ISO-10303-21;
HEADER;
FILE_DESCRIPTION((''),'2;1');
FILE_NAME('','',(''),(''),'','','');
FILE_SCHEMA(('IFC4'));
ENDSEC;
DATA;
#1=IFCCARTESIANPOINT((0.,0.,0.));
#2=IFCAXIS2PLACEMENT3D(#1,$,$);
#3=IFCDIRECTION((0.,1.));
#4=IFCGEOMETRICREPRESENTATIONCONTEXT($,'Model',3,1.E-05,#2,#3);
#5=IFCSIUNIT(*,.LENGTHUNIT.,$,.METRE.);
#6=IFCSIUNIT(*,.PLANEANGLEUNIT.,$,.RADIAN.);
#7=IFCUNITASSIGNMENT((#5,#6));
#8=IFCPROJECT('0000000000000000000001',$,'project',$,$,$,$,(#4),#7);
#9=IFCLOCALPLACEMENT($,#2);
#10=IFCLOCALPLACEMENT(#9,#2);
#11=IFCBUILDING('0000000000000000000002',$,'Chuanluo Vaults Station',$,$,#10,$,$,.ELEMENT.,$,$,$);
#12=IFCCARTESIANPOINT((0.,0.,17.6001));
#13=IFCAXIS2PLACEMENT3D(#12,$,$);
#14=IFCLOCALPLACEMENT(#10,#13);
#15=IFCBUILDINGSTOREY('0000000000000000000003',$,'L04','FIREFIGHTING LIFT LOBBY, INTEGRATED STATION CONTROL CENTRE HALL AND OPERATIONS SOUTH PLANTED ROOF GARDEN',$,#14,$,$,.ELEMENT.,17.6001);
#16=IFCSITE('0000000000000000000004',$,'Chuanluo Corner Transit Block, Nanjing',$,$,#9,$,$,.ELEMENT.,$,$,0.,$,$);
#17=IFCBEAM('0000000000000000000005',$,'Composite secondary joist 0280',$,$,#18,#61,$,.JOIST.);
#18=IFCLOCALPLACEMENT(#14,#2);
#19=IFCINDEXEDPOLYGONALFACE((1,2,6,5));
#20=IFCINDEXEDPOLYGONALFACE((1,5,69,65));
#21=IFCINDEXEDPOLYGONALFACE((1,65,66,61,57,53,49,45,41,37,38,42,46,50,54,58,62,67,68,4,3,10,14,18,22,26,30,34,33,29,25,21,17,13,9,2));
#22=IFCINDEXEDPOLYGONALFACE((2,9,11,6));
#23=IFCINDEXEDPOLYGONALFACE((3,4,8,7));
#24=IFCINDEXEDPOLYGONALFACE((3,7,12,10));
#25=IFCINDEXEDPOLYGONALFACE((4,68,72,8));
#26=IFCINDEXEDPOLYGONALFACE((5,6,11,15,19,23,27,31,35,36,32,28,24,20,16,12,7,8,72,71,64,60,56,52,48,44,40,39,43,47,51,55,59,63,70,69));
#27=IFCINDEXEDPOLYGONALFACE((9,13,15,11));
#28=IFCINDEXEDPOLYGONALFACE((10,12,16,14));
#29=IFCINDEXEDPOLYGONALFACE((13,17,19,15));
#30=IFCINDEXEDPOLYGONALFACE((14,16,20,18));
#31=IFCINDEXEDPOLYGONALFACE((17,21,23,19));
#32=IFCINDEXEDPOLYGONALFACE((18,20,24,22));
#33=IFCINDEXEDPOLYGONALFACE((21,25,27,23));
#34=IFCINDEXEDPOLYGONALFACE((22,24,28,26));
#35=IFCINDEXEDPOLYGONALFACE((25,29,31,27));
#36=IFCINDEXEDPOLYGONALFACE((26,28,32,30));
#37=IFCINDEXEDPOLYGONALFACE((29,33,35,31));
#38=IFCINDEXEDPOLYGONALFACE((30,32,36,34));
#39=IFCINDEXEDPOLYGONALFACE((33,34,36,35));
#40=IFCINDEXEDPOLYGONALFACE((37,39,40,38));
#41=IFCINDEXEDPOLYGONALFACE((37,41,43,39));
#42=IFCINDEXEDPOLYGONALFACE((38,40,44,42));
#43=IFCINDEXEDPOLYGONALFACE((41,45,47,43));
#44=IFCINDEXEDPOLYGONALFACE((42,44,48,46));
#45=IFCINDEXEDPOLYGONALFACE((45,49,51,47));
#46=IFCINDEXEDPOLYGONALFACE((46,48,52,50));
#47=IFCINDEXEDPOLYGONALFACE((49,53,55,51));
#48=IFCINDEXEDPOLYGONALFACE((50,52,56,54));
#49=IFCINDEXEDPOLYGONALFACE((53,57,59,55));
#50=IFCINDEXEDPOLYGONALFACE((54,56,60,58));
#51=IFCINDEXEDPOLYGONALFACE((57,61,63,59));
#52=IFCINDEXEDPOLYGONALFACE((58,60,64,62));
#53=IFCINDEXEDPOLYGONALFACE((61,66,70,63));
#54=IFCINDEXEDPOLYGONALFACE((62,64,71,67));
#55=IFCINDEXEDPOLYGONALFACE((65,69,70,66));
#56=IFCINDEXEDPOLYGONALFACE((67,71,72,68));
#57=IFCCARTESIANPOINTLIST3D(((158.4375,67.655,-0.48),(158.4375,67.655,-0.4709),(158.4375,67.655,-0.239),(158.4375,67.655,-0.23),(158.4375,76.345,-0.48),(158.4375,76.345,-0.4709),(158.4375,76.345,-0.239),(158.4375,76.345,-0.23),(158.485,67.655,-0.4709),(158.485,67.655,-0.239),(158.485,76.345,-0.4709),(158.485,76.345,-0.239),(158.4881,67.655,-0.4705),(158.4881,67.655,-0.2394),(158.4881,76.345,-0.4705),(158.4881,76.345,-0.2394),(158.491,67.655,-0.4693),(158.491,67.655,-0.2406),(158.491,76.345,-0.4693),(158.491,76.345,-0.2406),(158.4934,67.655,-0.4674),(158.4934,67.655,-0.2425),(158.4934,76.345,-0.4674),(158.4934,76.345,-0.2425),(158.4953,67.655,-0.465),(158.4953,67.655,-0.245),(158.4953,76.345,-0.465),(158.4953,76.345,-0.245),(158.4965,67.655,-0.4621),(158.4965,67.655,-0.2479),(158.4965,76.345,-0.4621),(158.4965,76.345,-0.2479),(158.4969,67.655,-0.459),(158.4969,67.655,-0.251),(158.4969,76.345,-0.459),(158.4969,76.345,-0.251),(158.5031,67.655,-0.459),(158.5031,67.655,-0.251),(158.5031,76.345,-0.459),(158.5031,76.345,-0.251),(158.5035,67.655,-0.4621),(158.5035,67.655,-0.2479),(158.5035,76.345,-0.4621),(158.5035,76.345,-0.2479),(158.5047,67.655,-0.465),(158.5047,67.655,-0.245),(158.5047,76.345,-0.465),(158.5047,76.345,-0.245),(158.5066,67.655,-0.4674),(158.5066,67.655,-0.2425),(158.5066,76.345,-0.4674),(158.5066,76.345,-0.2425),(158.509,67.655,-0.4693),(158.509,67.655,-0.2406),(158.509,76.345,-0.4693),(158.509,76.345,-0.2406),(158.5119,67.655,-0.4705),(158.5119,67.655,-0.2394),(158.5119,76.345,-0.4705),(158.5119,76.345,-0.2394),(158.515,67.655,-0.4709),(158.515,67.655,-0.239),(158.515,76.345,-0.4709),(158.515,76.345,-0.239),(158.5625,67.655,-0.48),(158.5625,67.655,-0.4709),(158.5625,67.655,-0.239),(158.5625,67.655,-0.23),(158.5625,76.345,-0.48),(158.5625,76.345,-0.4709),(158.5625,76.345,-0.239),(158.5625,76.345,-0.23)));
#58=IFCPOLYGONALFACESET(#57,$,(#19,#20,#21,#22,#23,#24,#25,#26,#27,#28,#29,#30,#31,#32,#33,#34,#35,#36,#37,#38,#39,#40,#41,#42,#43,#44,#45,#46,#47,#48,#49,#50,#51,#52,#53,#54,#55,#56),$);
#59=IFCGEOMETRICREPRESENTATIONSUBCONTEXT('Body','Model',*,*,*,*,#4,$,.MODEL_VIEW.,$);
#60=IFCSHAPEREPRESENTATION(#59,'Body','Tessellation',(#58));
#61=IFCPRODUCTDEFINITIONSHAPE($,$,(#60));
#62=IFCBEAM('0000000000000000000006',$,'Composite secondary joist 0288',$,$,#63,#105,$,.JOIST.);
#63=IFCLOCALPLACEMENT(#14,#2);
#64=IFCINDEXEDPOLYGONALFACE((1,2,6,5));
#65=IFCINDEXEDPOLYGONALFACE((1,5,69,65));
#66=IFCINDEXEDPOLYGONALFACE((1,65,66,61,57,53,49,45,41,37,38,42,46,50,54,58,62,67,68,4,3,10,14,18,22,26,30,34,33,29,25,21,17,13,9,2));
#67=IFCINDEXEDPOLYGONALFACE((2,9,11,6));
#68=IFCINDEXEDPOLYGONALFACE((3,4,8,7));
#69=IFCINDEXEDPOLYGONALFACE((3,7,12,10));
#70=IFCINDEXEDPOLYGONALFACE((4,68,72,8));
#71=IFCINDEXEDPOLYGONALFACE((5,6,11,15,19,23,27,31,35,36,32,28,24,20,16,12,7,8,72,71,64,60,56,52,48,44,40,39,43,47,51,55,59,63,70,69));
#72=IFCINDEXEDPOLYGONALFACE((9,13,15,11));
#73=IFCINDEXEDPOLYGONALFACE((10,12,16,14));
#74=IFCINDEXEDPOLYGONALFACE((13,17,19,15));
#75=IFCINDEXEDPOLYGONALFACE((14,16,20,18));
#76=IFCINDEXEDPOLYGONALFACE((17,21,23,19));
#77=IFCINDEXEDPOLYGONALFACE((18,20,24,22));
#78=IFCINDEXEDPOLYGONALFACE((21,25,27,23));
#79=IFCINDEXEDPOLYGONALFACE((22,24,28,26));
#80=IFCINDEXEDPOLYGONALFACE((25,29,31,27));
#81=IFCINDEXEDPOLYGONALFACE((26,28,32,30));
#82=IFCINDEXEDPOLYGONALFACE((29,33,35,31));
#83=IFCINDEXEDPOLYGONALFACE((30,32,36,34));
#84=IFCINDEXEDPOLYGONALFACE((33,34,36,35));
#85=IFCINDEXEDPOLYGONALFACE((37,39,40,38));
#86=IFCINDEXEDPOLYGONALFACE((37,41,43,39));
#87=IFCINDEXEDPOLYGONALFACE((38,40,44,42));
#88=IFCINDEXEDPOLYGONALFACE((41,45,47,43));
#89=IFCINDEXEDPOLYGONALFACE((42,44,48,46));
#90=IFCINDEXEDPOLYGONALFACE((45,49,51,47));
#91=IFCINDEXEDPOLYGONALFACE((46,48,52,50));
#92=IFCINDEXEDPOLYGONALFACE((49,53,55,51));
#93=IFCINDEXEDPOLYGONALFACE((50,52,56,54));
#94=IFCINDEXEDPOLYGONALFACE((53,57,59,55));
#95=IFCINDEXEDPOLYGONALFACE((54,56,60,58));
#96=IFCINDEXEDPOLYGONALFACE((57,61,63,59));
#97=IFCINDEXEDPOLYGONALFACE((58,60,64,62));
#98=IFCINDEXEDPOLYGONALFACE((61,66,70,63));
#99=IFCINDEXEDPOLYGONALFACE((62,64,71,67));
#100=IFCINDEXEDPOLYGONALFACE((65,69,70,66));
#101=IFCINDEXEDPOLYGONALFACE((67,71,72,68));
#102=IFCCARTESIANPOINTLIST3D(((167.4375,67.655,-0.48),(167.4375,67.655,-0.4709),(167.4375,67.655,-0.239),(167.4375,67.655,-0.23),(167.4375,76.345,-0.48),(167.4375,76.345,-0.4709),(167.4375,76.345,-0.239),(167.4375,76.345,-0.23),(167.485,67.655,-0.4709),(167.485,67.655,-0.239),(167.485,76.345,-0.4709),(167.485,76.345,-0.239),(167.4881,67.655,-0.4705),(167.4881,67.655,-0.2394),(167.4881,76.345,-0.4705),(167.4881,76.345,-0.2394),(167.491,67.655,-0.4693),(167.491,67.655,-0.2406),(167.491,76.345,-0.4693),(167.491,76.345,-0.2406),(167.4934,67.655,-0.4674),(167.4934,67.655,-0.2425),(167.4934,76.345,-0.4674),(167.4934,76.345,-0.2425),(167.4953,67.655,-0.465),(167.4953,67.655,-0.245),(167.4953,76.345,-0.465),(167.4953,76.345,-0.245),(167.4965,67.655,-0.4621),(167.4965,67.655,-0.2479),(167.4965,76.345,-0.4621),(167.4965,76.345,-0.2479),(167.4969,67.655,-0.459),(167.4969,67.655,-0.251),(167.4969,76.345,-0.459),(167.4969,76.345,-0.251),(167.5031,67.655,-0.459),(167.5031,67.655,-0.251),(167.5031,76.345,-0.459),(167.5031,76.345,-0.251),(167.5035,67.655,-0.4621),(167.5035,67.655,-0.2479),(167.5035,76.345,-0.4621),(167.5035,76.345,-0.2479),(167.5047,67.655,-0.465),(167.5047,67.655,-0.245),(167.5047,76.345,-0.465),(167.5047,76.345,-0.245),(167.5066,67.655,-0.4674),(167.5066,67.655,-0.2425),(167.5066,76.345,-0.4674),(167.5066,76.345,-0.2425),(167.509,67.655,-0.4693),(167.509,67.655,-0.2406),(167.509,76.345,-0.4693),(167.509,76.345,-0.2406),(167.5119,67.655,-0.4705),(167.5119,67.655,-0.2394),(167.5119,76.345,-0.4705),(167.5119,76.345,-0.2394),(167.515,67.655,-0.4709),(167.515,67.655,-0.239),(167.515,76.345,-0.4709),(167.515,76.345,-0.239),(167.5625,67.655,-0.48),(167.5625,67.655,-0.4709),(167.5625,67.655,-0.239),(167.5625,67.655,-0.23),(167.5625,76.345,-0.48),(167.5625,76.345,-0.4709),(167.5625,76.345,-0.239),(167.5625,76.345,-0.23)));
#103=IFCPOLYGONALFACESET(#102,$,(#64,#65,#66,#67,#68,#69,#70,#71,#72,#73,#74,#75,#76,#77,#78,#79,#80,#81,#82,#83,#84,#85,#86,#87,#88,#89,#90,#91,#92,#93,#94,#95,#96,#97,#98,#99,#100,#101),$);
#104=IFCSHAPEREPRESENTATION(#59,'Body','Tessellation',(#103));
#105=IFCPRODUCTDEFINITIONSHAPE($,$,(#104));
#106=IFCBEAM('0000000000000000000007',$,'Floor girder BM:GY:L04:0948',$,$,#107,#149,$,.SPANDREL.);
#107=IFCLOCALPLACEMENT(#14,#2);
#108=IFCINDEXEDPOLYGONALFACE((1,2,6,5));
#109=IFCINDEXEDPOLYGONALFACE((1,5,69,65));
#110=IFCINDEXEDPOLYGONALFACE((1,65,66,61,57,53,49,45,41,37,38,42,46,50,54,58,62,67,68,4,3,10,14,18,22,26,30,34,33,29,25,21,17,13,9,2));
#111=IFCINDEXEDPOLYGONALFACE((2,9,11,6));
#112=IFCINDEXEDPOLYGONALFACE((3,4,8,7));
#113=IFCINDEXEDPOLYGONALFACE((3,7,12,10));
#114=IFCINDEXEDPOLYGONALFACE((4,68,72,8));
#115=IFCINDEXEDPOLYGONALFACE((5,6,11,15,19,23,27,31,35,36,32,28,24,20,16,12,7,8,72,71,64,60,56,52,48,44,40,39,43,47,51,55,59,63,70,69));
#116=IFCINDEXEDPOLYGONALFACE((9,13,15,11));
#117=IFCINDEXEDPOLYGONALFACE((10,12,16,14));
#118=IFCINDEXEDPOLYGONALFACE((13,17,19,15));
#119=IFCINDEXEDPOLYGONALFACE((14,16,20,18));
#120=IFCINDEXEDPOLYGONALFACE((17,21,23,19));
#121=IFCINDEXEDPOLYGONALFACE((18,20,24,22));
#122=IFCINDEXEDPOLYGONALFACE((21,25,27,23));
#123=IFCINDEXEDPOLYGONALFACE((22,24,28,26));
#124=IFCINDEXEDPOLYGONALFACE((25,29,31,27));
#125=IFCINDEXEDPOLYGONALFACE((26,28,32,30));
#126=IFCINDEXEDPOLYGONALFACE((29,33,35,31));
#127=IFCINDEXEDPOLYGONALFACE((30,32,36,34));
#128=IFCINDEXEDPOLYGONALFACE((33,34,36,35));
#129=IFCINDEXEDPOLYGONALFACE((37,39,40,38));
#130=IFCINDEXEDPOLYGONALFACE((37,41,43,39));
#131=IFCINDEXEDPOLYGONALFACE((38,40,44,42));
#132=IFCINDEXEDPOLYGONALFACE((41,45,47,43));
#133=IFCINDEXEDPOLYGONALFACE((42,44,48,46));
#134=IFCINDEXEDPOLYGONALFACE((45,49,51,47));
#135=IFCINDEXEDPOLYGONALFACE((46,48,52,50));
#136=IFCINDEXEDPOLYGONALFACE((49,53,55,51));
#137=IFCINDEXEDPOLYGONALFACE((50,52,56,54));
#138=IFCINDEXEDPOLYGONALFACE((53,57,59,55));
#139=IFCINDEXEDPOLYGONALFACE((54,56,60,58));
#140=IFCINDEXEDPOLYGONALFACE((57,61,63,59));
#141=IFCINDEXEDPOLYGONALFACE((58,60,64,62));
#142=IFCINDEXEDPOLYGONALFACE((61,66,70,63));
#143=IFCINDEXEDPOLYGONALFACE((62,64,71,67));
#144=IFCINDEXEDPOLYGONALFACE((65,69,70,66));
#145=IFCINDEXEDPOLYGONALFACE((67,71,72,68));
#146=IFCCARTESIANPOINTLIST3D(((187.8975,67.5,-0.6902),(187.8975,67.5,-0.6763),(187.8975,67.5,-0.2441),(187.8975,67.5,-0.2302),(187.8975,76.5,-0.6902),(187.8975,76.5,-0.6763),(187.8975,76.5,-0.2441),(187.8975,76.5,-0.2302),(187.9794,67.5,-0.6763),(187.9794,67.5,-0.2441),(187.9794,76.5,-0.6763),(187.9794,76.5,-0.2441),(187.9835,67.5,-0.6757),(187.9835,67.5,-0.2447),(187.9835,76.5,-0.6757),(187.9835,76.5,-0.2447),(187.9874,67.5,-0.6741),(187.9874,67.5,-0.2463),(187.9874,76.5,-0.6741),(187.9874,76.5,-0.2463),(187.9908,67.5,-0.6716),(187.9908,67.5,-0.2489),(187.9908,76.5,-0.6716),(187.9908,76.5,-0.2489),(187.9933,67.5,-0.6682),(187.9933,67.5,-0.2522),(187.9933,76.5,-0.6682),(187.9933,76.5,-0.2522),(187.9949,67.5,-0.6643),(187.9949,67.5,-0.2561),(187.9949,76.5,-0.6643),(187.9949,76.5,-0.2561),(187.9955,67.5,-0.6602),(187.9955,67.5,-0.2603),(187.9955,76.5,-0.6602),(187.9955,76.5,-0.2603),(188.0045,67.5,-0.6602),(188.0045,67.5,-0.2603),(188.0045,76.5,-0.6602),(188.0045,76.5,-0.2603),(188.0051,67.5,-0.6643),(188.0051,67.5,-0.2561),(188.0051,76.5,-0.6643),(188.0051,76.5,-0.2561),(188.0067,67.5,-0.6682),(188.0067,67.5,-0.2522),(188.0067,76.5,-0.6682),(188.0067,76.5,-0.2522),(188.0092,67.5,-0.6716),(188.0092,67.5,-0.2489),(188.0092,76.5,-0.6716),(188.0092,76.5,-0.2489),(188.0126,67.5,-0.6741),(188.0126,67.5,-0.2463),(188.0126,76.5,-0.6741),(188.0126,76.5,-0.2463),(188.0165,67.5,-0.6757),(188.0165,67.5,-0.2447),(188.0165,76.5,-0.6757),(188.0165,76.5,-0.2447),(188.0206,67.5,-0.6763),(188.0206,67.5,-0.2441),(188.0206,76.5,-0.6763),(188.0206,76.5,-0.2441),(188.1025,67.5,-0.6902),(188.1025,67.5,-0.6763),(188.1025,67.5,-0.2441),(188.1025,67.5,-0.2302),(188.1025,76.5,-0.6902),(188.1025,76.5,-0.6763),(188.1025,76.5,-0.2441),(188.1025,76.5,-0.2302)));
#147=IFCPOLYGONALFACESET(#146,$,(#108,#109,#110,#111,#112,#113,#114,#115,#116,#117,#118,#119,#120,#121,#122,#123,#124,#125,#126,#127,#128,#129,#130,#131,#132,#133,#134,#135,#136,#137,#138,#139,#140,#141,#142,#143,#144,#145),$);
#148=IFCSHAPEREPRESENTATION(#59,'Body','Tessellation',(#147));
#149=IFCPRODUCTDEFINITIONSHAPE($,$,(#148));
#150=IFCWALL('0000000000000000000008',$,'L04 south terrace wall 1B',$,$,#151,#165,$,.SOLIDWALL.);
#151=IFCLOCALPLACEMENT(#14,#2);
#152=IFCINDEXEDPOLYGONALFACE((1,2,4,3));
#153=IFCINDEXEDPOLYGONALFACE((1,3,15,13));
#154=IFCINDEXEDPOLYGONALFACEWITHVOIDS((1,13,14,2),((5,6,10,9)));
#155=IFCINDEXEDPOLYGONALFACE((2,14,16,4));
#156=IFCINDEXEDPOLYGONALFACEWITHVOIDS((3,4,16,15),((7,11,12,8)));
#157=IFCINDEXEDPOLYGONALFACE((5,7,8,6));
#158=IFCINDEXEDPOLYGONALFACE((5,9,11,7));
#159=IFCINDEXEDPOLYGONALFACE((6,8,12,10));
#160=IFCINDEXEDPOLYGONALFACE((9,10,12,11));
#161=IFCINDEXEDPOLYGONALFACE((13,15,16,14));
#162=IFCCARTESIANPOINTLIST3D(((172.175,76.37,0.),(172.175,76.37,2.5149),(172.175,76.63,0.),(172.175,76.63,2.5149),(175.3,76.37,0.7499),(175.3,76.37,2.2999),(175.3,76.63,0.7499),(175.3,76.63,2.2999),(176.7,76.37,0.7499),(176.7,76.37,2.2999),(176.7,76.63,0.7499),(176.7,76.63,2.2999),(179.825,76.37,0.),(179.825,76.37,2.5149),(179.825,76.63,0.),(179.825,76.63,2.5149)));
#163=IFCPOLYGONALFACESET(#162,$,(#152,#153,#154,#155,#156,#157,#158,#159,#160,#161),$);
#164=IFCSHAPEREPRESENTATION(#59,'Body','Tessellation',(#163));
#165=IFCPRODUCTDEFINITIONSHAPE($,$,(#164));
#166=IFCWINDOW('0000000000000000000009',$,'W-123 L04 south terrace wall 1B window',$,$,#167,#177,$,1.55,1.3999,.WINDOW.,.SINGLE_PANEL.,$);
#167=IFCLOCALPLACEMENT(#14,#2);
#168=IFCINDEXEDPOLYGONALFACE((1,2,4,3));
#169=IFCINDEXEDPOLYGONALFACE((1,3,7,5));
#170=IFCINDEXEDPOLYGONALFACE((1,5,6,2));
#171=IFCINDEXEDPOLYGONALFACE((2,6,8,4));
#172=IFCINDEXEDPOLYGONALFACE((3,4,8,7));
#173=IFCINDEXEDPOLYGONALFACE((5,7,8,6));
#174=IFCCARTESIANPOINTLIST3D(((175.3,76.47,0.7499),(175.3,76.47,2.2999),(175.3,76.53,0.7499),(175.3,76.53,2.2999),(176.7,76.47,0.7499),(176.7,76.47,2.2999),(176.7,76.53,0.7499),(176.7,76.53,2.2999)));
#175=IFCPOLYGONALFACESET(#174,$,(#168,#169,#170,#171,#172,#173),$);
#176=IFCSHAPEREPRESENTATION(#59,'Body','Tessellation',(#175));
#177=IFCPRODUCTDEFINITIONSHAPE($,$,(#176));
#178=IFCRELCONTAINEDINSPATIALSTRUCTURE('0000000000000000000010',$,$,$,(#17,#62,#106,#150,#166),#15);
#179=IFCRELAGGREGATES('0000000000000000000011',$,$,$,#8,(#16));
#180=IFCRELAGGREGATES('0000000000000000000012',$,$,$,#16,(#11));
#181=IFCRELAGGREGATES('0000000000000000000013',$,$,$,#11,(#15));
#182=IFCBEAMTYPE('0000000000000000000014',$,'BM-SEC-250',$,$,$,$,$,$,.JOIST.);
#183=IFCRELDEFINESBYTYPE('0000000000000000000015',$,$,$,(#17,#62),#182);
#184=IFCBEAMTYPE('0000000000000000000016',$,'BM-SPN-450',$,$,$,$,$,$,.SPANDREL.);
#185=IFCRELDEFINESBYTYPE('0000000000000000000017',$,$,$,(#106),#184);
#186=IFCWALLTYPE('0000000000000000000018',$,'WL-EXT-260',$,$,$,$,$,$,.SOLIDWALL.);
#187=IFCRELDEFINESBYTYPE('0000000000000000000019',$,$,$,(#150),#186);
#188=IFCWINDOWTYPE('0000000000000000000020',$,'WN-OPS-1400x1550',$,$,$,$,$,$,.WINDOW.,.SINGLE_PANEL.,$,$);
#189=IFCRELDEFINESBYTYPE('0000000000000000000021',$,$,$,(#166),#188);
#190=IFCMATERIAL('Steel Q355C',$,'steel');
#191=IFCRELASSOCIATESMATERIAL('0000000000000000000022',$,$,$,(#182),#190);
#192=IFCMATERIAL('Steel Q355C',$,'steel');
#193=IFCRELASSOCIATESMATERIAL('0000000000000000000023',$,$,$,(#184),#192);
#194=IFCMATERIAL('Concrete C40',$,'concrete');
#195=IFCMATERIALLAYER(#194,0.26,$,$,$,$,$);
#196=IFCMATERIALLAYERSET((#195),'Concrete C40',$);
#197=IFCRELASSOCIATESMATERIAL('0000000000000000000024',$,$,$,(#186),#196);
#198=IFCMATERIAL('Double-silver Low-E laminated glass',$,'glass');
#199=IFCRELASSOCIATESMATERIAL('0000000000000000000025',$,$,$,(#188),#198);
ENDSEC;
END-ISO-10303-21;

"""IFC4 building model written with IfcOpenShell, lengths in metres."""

from ifc_helpers import new_model, si_unit, direction, frame, frame_2d, origin, origin_2d, place, context, subcontext, project, spatial, rectangle, i_section, extrude, material, layer, layer_set, material_profile, profile_set, type_object, element, fill, save


model = new_model("IFC4")

# Units and contexts
model_context = context("Model", 3, precision=1e-05, world=origin(), true_north=direction((0.0, 1.0)))
body_context = subcontext(model_context, "Body", "Model", "MODEL_VIEW")
ifc_project = project(units=[si_unit("LENGTHUNIT", "METRE"), si_unit("PLANEANGLEUNIT", "RADIAN")], contexts=[model_context])

# Site, building, storey
site_placement = place(None, origin())
site = spatial("IfcSite", under=ifc_project, at=site_placement, Name="Chuanluo Corner Transit Block, Nanjing", CompositionType="ELEMENT", RefElevation=0.0)
building_placement = place(site_placement, origin())
building = spatial("IfcBuilding", under=site, at=building_placement, Name="Chuanluo Vaults Station", CompositionType="ELEMENT")
storey_placement = place(building_placement, frame((0.0, 0.0, 17.6001)))
storey = spatial("IfcBuildingStorey", under=building, at=storey_placement, Name="L04", Description="FIREFIGHTING LIFT LOBBY, INTEGRATED STATION CONTROL CENTRE HALL AND OPERATIONS SOUTH PLANTED ROOF GARDEN", CompositionType="ELEMENT", Elevation=17.6001)

# Beams
ifc_material_1 = material(Name="Steel Q355C", Category="steel")
ifc_material_profile_1 = material_profile(ifc_material_1, i_section(OverallWidth=0.125, OverallDepth=0.25, WebThickness=0.0061, FlangeThickness=0.009, FilletRadius=0.012, at=origin_2d()))
ifc_profile_set_1 = profile_set([ifc_material_profile_1], Name="Steel Q355C")
beam_type_1 = type_object("IfcBeamType", Name="BM-SEC-250", PredefinedType="JOIST", material=ifc_profile_set_1)
for number, where, z_axis, x_axis, name in (
    (1, (158.5, 67.655, -0.355), (0.0, 1.0, 0.0), (-1.0, 0.0, 0.0), "Composite secondary joist 0280"),
    (2, (167.5, 67.655, -0.355), (0.0, 1.0, 0.0), (-1.0, 0.0, 0.0), "Composite secondary joist 0288"),
):
    element("IfcBeam", number, at=place(storey_placement, frame(where, z_axis=z_axis, x_axis=x_axis)), inside=storey, type_object=beam_type_1, Name=name, PredefinedType="JOIST", context=body_context, shape_type="SweptSolid", body=[
        extrude(i_section(OverallWidth=0.125, OverallDepth=0.25, WebThickness=0.0061, FlangeThickness=0.009, FilletRadius=0.012, at=origin_2d()), origin(), (0.0, 0.0, 1.0), 8.6899),
    ])
ifc_material_2 = material(Name="Steel Q355C", Category="steel")
ifc_material_profile_2 = material_profile(ifc_material_2, i_section(OverallWidth=0.2051, OverallDepth=0.46, WebThickness=0.009, FlangeThickness=0.0139, FilletRadius=0.0161, at=origin_2d()))
ifc_profile_set_2 = profile_set([ifc_material_profile_2], Name="Steel Q355C")
beam_type_2 = type_object("IfcBeamType", Name="BM-SPN-450", PredefinedType="SPANDREL", material=ifc_profile_set_2)
beam_1_placement = place(storey_placement, frame((188.0, 67.5, -0.4602), z_axis=(0.0, 1.0, 0.0), x_axis=(-1.0, 0.0, 0.0)))
element("IfcBeam", 3, at=beam_1_placement, inside=storey, type_object=beam_type_2, Name="Floor girder BM:GY:L04:0948", PredefinedType="SPANDREL", context=body_context, shape_type="SweptSolid", body=[
    extrude(i_section(OverallWidth=0.2051, OverallDepth=0.46, WebThickness=0.009, FlangeThickness=0.0139, FilletRadius=0.0161, at=origin_2d()), origin(), (0.0, 0.0, 1.0), 9.0),
])

# Wall, opening, window
ifc_material_3 = material(Name="Concrete C40", Category="concrete")
ifc_layer = layer(ifc_material_3, 0.26)
ifc_layer_set = layer_set([ifc_layer], Name="Concrete C40")
wall_type = type_object("IfcWallType", Name="WL-EXT-260", PredefinedType="SOLIDWALL", material=ifc_layer_set)
wall_1_placement = place(storey_placement, frame((179.825, 76.5, 0.0), z_axis=(0.0, 0.0, 1.0), x_axis=(-1.0, 0.0, 0.0)))
wall_1 = element("IfcWall", 4, at=wall_1_placement, inside=storey, type_object=wall_type, Name="L04 south terrace wall 1B", PredefinedType="SOLIDWALL", context=body_context, shape_type="SweptSolid", body=[
    extrude(rectangle(XDim=7.6499, YDim=0.26, at=frame_2d((3.825, 0.0))), origin(), (0.0, 0.0, 1.0), 2.5149),
])
opening_1_placement = place(wall_1_placement, frame((3.125, 0.0, 0.75)))
opening_1 = element("IfcOpeningElement", 5, at=opening_1_placement, cuts=wall_1, PredefinedType="OPENING", context=body_context, shape_type="SweptSolid", body=[
    extrude(rectangle(XDim=1.3999, YDim=1.55, at=frame_2d((0.7, 0.7749))), frame((0.0, 0.1399, 0.0), z_axis=(0.0, -1.0, 0.0), x_axis=(1.0, 0.0, 0.0)), (0.0, 0.0, 1.0), 0.28),
])
ifc_material_4 = material(Name="Double-silver Low-E laminated glass", Category="glass")
window_type = type_object("IfcWindowType", Name="WN-OPS-1400x1550", PartitioningType="SINGLE_PANEL", PredefinedType="WINDOW", material=ifc_material_4)
window_1_placement = place(opening_1_placement, origin())
window_1 = element("IfcWindow", 6, at=window_1_placement, inside=storey, type_object=window_type, Name="W-123 L04 south terrace wall 1B window", OverallHeight=1.55, OverallWidth=1.3999, PartitioningType="SINGLE_PANEL", PredefinedType="WINDOW", context=body_context, shape_type="SweptSolid", body=[
    extrude(rectangle(XDim=1.3999, YDim=1.55, at=frame_2d((0.7, 0.7749))), frame((0.0, 0.03, 0.0), z_axis=(0.0, -1.0, 0.0), x_axis=(1.0, 0.0, 0.0)), (0.0, 0.0, 1.0), 0.0601),
])
fill(opening_1, window_1)

save(model, "model.ifc")
